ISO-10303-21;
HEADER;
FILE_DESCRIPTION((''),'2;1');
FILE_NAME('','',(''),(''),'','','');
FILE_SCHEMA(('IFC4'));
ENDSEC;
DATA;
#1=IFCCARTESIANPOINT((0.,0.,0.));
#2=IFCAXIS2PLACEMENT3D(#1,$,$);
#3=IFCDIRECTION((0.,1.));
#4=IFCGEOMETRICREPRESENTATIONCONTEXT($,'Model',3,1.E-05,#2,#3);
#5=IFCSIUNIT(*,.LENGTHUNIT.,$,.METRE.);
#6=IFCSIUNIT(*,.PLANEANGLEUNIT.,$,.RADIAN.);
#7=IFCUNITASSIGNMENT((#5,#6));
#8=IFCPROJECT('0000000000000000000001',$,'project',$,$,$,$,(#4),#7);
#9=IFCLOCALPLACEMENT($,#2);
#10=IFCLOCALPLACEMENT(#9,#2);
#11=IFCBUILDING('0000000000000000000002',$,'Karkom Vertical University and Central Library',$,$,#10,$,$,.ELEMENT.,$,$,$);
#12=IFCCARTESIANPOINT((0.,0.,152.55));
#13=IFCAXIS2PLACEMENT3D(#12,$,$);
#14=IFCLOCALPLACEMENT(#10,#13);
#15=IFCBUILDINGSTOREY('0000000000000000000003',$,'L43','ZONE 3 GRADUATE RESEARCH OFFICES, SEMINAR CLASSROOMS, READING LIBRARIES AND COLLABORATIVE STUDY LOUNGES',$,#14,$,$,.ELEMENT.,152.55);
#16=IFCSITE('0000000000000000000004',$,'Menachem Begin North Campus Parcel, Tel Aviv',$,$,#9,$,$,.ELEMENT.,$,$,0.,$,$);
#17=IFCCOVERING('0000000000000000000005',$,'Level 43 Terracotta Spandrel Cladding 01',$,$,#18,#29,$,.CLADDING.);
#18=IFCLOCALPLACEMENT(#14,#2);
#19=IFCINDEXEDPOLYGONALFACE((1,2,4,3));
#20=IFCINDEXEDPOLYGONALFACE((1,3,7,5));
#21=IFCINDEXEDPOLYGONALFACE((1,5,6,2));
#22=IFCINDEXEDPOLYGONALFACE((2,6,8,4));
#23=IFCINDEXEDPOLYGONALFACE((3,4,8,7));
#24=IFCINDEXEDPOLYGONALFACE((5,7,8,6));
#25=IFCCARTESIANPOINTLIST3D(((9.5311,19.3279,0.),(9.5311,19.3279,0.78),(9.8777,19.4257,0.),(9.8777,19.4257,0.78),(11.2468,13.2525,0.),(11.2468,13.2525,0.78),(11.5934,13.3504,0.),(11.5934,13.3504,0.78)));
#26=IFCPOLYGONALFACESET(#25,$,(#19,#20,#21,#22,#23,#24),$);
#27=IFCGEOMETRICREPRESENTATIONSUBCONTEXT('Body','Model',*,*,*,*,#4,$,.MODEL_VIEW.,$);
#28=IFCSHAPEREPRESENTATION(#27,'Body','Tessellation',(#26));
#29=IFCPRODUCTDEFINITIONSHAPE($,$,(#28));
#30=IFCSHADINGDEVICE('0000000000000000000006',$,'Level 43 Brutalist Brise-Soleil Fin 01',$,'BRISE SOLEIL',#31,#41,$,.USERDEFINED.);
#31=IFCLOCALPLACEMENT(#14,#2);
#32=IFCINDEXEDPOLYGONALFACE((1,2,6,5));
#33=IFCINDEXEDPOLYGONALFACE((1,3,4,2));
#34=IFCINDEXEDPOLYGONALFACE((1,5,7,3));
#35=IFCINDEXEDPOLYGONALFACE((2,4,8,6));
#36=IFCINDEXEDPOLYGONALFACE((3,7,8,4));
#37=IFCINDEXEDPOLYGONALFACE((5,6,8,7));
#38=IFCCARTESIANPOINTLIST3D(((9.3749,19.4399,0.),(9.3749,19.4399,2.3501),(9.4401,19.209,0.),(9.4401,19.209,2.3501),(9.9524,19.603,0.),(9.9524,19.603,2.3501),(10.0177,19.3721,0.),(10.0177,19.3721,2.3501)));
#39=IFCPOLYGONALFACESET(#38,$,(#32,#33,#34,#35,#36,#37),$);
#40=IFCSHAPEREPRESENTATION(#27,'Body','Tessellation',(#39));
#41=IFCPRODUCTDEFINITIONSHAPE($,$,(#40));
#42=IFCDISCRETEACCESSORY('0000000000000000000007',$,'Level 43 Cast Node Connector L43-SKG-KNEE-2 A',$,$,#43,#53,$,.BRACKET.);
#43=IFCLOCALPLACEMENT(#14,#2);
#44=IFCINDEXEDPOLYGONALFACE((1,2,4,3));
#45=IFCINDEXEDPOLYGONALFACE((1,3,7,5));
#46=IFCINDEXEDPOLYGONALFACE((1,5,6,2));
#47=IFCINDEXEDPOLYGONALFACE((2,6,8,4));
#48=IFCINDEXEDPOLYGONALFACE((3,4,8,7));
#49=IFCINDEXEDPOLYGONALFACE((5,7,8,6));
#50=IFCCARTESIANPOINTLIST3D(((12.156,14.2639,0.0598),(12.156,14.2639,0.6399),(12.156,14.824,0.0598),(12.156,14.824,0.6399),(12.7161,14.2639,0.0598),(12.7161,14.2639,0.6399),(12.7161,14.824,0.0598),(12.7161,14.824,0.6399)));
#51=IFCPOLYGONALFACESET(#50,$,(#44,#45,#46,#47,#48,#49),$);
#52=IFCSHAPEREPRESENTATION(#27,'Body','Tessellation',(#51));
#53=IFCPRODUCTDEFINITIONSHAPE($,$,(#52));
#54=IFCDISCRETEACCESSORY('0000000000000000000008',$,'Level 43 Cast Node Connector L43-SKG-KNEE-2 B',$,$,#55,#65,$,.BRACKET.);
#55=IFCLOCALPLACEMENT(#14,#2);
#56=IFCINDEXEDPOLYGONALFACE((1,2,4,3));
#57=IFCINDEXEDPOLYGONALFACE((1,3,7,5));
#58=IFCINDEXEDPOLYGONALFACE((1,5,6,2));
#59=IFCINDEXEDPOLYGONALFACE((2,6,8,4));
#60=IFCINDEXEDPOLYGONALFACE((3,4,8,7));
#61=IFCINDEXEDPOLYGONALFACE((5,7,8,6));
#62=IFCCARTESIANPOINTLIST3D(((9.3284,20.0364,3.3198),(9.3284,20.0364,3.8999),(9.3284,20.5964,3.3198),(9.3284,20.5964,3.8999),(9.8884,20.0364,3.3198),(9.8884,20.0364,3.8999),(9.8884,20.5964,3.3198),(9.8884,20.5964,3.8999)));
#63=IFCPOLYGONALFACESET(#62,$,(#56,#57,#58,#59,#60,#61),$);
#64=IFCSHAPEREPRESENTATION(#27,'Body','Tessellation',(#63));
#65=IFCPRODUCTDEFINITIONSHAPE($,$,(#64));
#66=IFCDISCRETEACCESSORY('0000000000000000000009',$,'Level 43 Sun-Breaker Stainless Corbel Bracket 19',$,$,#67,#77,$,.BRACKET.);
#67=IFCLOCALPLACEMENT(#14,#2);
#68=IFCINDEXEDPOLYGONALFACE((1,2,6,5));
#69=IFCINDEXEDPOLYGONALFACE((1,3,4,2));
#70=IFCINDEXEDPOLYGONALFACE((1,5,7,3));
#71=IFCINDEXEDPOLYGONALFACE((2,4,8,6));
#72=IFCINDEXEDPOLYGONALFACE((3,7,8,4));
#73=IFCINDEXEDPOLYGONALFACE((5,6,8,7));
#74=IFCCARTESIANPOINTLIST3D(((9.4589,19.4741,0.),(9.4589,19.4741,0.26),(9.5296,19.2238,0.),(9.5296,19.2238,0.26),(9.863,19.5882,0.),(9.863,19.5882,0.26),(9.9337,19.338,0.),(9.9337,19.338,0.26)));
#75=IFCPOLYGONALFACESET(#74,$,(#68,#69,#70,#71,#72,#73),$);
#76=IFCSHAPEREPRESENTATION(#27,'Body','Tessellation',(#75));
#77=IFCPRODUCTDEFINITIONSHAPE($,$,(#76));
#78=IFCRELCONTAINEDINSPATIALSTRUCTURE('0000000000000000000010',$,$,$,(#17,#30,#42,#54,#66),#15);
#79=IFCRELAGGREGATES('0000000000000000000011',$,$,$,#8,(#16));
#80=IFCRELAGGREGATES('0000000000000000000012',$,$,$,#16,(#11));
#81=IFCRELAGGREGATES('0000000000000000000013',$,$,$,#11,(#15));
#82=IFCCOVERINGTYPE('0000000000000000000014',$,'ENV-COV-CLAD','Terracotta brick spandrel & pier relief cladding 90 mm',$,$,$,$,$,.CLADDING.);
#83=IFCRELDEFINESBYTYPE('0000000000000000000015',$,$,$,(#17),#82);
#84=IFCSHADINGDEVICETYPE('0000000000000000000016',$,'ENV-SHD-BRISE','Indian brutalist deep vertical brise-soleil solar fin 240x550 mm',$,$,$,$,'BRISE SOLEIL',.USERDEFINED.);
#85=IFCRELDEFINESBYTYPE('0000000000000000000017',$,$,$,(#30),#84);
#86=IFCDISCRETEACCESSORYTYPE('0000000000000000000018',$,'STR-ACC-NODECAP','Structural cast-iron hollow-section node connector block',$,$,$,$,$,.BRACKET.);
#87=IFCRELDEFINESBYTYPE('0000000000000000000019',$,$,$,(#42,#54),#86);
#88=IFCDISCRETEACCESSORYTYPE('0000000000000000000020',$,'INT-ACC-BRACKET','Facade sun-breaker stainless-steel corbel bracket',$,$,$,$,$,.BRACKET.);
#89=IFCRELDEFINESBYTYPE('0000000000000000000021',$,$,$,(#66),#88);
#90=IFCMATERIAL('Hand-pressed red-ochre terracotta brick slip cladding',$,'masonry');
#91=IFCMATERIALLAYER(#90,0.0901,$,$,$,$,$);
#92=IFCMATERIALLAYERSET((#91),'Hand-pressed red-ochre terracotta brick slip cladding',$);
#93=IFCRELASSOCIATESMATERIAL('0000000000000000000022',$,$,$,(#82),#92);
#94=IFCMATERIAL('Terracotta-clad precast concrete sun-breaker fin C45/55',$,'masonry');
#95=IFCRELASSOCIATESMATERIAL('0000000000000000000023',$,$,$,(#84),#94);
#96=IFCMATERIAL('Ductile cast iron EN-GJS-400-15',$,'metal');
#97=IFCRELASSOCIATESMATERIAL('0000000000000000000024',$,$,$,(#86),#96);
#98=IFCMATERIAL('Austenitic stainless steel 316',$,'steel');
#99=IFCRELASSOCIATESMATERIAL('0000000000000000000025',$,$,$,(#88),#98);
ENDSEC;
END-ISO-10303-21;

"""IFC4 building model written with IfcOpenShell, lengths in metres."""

from ifc_helpers import new_model, si_unit, direction, frame, origin, origin_with_axes, origin_2d, place, context, subcontext, project, spatial, rectangle, extrude, source, transform, mapped, material, layer, layer_set, type_object, element, save


model = new_model("IFC4")

# Units and contexts
model_context = context("Model", 3, precision=1e-05, world=origin(), true_north=direction((0.0, 1.0)))
body_context = subcontext(model_context, "Body", "Model", "MODEL_VIEW")
ifc_project = project(units=[si_unit("LENGTHUNIT", "METRE"), si_unit("PLANEANGLEUNIT", "RADIAN")], contexts=[model_context])

# Site, building, storey
site_placement = place(None, origin())
site = spatial("IfcSite", under=ifc_project, at=site_placement, Name="Menachem Begin North Campus Parcel, Tel Aviv", CompositionType="ELEMENT", RefElevation=0.0)
building_placement = place(site_placement, origin())
building = spatial("IfcBuilding", under=site, at=building_placement, Name="Karkom Vertical University and Central Library", CompositionType="ELEMENT")
storey_placement = place(building_placement, frame((0.0, 0.0, 152.55)))
storey = spatial("IfcBuildingStorey", under=building, at=storey_placement, Name="L43", Description="ZONE 3 GRADUATE RESEARCH OFFICES, SEMINAR CLASSROOMS, READING LIBRARIES AND COLLABORATIVE STUDY LOUNGES", CompositionType="ELEMENT", Elevation=152.55)

# Covering
ifc_material_1 = material(Name="Hand-pressed red-ochre terracotta brick slip cladding", Category="masonry")
ifc_layer_1 = layer(ifc_material_1, 0.0901)
ifc_layer_set_1 = layer_set([ifc_layer_1], Name="Hand-pressed red-ochre terracotta brick slip cladding")
covering_type = type_object("IfcCoveringType", Name="ENV-COV-CLAD", Description="Terracotta brick spandrel & pier relief cladding 90 mm", PredefinedType="CLADDING", material=ifc_layer_set_1)
shared_shape_1 = source(origin_with_axes(), body_context, "Body", "SweptSolid", [
    extrude(rectangle(XDim=6.313, YDim=0.3601, at=origin_2d()), origin(), (0.0, 0.0, 1.0), 0.78),
])
covering_placement = place(storey_placement, frame((10.5623, 16.3391, 0.0), z_axis=(0.0, 0.0, 1.0), x_axis=(0.271776, -0.96236, 0.0)))
element("IfcCovering", 1, at=covering_placement, inside=storey, type_object=covering_type, Name="Level 43 Terracotta Spandrel Cladding 01", PredefinedType="CLADDING", context=body_context, shape_type="MappedRepresentation", body=[
    mapped(shared_shape_1, transform((0.0, 0.0, 0.0), scale=1.0)),
])

# Shading device
ifc_material_2 = material(Name="Terracotta-clad precast concrete sun-breaker fin C45/55", Category="masonry")
shading_device_type = type_object("IfcShadingDeviceType", Name="ENV-SHD-BRISE", Description="Indian brutalist deep vertical brise-soleil solar fin 240x550 mm", ElementType="BRISE SOLEIL", PredefinedType="USERDEFINED", material=ifc_material_2)
shared_shape_2 = source(origin_with_axes(), body_context, "Body", "SweptSolid", [
    extrude(rectangle(XDim=0.24, YDim=0.6001, at=origin_2d()), origin(), (0.0, 0.0, 1.0), 2.3501),
])
shading_device_placement = place(storey_placement, frame((9.6963, 19.406, 0.0), z_axis=(0.0, 0.0, 1.0), x_axis=(0.271776, -0.96236, 0.0)))
element("IfcShadingDevice", 2, at=shading_device_placement, inside=storey, type_object=shading_device_type, Name="Level 43 Brutalist Brise-Soleil Fin 01", ObjectType="BRISE SOLEIL", PredefinedType="USERDEFINED", context=body_context, shape_type="MappedRepresentation", body=[
    mapped(shared_shape_2, transform((0.0, 0.0, 0.0), scale=1.0)),
])

# Discrete accessories
ifc_material_3 = material(Name="Ductile cast iron EN-GJS-400-15", Category="metal")
discrete_accessory_type_1 = type_object("IfcDiscreteAccessoryType", Name="STR-ACC-NODECAP", Description="Structural cast-iron hollow-section node connector block", PredefinedType="BRACKET", material=ifc_material_3)
shared_shape_3 = source(origin_with_axes(), body_context, "Body", "SweptSolid", [
    extrude(rectangle(XDim=0.5601, YDim=0.5601, at=origin_2d()), origin(), (0.0, 0.0, 1.0), 0.5801),
])
for number, where, z_axis, x_axis, name in (
    (3, (12.436, 14.5439, 0.0598), (0.0, 0.0, 1.0), (1.0, 0.0, 0.0), "Level 43 Cast Node Connector L43-SKG-KNEE-2 A"),
    (4, (9.6084, 20.3164, 3.3198), (0.0, 0.0, 1.0), (1.0, 0.0, 0.0), "Level 43 Cast Node Connector L43-SKG-KNEE-2 B"),
):
    element("IfcDiscreteAccessory", number, at=place(storey_placement, frame(where, z_axis=z_axis, x_axis=x_axis)), inside=storey, type_object=discrete_accessory_type_1, Name=name, PredefinedType="BRACKET", context=body_context, shape_type="MappedRepresentation", body=[
        mapped(shared_shape_3, transform((0.0, 0.0, 0.0), scale=1.0)),
    ])
ifc_material_4 = material(Name="Austenitic stainless steel 316", Category="steel")
discrete_accessory_type_2 = type_object("IfcDiscreteAccessoryType", Name="INT-ACC-BRACKET", Description="Facade sun-breaker stainless-steel corbel bracket", PredefinedType="BRACKET", material=ifc_material_4)
shared_shape_4 = source(origin_with_axes(), body_context, "Body", "SweptSolid", [
    extrude(rectangle(XDim=0.26, YDim=0.4199, at=origin_2d()), origin(), (0.0, 0.0, 1.0), 0.26),
])
discrete_accessory_placement = place(storey_placement, frame((9.6963, 19.406, 0.0), z_axis=(0.0, 0.0, 1.0), x_axis=(0.271776, -0.96236, 0.0)))
element("IfcDiscreteAccessory", 5, at=discrete_accessory_placement, inside=storey, type_object=discrete_accessory_type_2, Name="Level 43 Sun-Breaker Stainless Corbel Bracket 19", PredefinedType="BRACKET", context=body_context, shape_type="MappedRepresentation", body=[
    mapped(shared_shape_4, transform((0.0, 0.0, 0.0), scale=1.0)),
])

save(model, "model.ifc")
